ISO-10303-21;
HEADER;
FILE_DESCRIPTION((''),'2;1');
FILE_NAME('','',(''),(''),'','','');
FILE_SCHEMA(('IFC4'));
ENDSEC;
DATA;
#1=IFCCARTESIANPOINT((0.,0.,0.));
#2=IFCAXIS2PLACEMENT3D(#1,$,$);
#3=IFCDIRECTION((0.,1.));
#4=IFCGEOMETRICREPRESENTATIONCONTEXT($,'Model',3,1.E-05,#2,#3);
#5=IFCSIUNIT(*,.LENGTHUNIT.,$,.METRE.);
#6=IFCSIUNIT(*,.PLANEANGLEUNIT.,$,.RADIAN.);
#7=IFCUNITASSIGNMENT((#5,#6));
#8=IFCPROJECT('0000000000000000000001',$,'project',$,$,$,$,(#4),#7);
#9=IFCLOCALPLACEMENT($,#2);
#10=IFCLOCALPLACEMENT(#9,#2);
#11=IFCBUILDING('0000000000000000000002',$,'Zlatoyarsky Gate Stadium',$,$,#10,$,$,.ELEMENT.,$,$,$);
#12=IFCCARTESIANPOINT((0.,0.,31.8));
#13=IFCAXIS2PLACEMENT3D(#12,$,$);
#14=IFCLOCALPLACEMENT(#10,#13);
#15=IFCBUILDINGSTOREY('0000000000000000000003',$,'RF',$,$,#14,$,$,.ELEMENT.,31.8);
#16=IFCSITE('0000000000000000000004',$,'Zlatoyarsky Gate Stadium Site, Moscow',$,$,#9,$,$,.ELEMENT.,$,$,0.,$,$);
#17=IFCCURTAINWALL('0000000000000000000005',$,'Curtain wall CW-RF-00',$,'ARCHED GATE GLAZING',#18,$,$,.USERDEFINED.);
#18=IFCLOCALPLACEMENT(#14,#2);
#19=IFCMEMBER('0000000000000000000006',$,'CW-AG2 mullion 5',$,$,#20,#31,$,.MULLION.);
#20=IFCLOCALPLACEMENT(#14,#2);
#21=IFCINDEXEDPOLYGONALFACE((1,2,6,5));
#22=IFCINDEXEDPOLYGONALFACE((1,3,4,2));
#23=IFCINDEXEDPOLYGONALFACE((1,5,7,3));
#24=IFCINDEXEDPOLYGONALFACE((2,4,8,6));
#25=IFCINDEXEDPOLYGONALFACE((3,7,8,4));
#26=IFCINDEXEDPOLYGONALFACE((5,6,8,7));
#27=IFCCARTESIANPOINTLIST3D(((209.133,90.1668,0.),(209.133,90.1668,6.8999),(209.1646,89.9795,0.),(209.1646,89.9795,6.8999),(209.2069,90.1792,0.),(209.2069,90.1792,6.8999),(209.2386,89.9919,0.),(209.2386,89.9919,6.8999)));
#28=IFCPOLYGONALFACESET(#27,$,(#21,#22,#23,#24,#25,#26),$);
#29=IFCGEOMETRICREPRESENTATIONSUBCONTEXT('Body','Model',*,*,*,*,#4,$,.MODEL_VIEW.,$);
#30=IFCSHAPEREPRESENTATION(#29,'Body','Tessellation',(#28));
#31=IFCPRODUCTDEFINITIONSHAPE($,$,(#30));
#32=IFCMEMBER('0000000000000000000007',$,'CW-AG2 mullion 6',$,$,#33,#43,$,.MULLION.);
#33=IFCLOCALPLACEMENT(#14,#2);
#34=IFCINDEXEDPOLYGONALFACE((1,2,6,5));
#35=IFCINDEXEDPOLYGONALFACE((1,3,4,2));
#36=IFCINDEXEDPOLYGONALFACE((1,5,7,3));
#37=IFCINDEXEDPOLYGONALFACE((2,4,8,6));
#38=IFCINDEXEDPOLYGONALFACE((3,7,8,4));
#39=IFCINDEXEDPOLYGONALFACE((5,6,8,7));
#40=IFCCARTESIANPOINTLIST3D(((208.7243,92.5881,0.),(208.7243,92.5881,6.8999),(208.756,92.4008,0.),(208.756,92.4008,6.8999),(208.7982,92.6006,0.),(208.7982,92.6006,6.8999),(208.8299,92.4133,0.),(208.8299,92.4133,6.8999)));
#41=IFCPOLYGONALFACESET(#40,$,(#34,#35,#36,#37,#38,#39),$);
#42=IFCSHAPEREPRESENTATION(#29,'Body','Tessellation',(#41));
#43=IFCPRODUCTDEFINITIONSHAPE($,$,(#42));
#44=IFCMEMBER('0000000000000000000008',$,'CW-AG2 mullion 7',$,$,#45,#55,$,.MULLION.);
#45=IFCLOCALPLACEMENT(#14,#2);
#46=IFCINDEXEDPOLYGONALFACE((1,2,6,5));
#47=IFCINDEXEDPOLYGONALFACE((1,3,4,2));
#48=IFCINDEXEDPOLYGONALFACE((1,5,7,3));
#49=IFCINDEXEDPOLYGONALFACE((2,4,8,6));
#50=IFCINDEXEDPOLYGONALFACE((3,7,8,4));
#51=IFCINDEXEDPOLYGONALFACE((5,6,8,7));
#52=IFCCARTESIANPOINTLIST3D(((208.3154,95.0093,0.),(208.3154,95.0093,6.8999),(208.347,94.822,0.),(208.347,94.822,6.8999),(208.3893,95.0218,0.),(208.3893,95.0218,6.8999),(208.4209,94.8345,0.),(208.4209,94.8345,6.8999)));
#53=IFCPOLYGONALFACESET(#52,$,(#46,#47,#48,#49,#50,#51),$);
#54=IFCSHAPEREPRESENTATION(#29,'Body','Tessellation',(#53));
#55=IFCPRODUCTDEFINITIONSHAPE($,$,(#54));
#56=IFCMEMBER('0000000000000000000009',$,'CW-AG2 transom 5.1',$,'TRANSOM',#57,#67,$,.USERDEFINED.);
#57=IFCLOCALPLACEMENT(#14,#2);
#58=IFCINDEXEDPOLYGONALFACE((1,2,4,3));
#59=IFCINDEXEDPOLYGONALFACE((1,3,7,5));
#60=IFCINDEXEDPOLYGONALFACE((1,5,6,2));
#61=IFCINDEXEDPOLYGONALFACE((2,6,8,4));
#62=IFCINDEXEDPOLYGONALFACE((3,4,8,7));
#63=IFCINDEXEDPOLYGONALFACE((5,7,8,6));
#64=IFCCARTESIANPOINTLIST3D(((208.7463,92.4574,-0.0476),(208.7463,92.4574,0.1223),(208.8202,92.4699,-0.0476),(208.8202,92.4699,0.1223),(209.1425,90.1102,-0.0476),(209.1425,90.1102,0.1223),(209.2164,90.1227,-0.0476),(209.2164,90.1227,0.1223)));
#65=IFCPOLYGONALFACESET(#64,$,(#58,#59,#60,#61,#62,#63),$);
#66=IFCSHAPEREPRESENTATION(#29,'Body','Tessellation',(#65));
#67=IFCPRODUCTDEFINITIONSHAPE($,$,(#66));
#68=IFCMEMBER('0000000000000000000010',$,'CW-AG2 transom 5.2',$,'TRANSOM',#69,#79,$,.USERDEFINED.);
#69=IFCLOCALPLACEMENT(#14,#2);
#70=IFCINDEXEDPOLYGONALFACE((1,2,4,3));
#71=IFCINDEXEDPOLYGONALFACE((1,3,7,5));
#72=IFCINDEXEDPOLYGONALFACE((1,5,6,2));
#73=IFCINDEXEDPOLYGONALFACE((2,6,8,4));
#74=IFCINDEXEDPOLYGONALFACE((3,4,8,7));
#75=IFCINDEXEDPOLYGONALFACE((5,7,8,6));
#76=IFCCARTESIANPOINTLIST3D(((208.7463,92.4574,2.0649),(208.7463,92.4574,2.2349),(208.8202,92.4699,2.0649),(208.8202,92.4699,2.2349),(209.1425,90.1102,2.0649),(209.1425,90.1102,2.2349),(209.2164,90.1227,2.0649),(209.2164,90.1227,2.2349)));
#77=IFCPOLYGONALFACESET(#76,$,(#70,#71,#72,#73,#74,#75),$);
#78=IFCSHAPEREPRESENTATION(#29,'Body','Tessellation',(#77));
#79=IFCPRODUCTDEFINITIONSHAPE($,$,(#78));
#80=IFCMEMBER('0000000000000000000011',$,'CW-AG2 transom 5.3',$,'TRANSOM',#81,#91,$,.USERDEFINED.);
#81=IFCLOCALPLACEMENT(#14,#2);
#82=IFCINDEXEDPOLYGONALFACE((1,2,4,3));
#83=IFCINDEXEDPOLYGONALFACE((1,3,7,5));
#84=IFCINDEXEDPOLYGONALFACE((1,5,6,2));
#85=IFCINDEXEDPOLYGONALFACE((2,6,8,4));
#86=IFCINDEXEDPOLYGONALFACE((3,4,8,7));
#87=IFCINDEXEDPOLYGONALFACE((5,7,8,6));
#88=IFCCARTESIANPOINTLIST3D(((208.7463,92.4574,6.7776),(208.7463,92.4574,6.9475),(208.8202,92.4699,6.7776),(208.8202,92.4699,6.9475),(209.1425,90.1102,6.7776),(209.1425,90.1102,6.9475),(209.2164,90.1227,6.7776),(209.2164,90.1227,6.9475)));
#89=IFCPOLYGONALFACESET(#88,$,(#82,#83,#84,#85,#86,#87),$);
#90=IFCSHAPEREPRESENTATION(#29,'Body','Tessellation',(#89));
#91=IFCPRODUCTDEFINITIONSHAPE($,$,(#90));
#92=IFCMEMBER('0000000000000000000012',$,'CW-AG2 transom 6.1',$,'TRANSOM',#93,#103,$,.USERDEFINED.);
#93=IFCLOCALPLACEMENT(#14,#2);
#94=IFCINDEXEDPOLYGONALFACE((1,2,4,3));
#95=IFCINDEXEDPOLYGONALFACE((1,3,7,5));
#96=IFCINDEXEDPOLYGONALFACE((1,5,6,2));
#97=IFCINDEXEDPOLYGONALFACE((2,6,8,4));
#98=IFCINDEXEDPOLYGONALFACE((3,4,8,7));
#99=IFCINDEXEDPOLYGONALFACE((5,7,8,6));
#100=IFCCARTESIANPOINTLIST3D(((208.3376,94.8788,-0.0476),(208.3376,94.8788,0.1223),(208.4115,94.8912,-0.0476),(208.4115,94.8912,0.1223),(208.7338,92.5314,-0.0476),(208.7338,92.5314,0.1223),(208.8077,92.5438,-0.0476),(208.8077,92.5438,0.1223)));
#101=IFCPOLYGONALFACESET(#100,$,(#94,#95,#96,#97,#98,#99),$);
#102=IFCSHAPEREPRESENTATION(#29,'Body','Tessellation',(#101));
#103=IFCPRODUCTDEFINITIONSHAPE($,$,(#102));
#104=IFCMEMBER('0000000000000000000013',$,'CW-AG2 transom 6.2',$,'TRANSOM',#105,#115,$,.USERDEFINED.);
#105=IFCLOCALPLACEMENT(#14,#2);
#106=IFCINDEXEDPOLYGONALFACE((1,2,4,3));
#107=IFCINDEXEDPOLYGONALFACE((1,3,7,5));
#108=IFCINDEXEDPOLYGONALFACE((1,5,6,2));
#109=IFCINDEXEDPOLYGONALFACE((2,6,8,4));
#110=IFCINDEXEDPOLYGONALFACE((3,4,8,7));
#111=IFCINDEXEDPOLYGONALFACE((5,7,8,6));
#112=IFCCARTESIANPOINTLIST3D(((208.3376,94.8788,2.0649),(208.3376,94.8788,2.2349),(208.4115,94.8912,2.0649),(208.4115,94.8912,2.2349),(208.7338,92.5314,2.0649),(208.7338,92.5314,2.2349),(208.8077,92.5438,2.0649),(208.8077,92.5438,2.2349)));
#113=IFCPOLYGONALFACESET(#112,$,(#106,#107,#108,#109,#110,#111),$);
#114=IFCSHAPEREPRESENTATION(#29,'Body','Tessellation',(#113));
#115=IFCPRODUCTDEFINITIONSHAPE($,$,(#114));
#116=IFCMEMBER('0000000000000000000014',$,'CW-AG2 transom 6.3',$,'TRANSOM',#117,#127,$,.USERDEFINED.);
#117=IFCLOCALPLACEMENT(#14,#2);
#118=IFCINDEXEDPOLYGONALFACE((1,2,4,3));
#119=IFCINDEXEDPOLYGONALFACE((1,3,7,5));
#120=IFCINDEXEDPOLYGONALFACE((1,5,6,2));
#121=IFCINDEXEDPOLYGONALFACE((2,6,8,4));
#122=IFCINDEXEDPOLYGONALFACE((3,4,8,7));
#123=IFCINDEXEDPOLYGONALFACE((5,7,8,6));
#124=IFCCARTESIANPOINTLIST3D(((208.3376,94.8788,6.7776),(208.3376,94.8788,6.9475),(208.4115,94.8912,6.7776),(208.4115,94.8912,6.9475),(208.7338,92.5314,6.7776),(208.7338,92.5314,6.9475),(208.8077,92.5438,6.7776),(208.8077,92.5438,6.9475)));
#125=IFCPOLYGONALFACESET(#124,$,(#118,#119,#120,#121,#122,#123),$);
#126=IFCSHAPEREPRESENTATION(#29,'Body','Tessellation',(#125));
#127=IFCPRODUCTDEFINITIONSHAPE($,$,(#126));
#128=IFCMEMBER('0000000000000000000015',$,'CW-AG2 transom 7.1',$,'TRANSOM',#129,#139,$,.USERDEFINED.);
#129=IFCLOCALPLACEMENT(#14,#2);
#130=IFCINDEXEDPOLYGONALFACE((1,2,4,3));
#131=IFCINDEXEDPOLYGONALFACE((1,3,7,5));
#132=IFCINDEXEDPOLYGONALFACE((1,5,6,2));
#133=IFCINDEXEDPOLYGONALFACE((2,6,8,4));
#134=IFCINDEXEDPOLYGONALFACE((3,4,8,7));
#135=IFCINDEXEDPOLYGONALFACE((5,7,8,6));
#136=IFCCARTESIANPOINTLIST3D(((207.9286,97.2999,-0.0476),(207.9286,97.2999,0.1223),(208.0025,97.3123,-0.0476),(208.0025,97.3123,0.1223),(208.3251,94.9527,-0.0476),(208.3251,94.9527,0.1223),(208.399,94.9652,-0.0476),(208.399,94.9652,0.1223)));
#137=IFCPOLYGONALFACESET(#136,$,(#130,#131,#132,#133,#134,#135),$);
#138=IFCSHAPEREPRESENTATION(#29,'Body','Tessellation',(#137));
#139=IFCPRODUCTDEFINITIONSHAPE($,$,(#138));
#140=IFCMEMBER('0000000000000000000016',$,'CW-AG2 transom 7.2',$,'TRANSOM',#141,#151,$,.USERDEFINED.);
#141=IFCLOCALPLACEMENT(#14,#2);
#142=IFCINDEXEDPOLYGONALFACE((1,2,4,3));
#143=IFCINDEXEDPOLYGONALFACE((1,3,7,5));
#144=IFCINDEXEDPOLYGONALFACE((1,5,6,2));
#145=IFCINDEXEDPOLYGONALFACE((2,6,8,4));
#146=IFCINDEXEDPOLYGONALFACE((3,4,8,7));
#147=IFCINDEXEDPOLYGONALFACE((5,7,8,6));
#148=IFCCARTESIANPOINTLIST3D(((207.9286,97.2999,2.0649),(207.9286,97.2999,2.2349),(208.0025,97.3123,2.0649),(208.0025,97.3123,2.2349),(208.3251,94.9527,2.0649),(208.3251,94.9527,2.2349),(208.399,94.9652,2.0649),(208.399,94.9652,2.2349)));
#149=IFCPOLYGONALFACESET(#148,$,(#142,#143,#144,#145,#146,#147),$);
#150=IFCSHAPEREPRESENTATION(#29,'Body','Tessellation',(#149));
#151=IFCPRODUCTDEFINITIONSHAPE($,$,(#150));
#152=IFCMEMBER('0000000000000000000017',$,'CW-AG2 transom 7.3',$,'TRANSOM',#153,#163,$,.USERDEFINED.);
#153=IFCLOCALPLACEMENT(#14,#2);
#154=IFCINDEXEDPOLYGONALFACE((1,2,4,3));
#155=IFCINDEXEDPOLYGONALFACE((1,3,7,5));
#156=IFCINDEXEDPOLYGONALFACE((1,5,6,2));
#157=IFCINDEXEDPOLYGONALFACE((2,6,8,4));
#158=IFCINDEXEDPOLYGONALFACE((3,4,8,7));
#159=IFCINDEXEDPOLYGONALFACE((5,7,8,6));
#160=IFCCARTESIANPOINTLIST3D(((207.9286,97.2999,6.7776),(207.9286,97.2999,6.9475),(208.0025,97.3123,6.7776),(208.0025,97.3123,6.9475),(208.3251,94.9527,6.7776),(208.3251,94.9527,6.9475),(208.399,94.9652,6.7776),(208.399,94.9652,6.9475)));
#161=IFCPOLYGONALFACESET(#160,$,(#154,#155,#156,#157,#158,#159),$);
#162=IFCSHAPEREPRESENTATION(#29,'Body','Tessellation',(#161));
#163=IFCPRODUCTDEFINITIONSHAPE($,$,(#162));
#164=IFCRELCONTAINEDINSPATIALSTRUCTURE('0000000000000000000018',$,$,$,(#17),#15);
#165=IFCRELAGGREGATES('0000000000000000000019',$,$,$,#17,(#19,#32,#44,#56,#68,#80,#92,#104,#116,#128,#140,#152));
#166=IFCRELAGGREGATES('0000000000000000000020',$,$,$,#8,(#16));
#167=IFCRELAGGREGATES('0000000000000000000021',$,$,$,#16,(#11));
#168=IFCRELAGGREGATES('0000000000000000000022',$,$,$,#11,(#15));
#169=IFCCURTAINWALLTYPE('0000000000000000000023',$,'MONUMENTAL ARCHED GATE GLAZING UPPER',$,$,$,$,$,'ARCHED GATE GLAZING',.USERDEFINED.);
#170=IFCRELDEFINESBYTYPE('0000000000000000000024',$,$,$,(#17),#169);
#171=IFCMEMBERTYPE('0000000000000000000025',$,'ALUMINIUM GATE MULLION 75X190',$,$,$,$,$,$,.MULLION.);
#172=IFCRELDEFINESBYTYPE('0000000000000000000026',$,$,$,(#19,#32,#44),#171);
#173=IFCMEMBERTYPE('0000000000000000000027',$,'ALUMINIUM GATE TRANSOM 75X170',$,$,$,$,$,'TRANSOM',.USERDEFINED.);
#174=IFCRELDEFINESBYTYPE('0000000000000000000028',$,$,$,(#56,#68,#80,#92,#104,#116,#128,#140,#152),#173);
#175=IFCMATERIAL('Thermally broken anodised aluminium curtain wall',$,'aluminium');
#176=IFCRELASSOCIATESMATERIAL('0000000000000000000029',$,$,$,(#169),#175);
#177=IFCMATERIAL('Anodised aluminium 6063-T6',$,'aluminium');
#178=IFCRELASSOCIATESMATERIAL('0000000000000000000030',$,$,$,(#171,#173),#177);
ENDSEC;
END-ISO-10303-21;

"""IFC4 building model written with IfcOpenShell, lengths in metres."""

from ifc_helpers import new_model, si_unit, direction, frame, origin, origin_2d, place, context, subcontext, project, spatial, rectangle, extrude, material, material_profile, profile_set, type_object, element, aggregate, save


model = new_model("IFC4")

# Units and contexts
model_context = context("Model", 3, precision=1e-05, world=origin(), true_north=direction((0.0, 1.0)))
body_context = subcontext(model_context, "Body", "Model", "MODEL_VIEW")
ifc_project = project(units=[si_unit("LENGTHUNIT", "METRE"), si_unit("PLANEANGLEUNIT", "RADIAN")], contexts=[model_context])

# Site, building, storey
site_placement = place(None, origin())
site = spatial("IfcSite", under=ifc_project, at=site_placement, Name="Zlatoyarsky Gate Stadium Site, Moscow", CompositionType="ELEMENT", RefElevation=0.0)
building_placement = place(site_placement, origin())
building = spatial("IfcBuilding", under=site, at=building_placement, Name="Zlatoyarsky Gate Stadium", CompositionType="ELEMENT")
storey_placement = place(building_placement, frame((0.0, 0.0, 31.8)))
storey = spatial("IfcBuildingStorey", under=building, at=storey_placement, Name="RF", CompositionType="ELEMENT", Elevation=31.8)

# Curtain wall, members
ifc_material_1 = material(Name="Thermally broken anodised aluminium curtain wall", Category="aluminium")
curtain_wall_type = type_object("IfcCurtainWallType", Name="MONUMENTAL ARCHED GATE GLAZING UPPER", ElementType="ARCHED GATE GLAZING", PredefinedType="USERDEFINED", material=ifc_material_1)
curtain_wall_placement = place(storey_placement, origin())
curtain_wall = element("IfcCurtainWall", 1, at=curtain_wall_placement, inside=storey, type_object=curtain_wall_type, Name="Curtain wall CW-RF-00", ObjectType="ARCHED GATE GLAZING", PredefinedType="USERDEFINED")
ifc_material_2 = material(Name="Anodised aluminium 6063-T6", Category="aluminium")
ifc_material_profile_1 = material_profile(ifc_material_2, rectangle(XDim=0.075, YDim=0.1899, at=origin_2d()), Name="ALU 75X190")
ifc_profile_set_1 = profile_set([ifc_material_profile_1], Name="Anodised aluminium 6063-T6")
member_type_1 = type_object("IfcMemberType", Name="ALUMINIUM GATE MULLION 75X190", PredefinedType="MULLION", material=ifc_profile_set_1)
member_1_placement = place(storey_placement, frame((209.1858, 90.0793, 0.0), z_axis=(0.0, 0.0, 1.0), x_axis=(-0.986044, -0.166482, 0.0)))
member_1 = element("IfcMember", 2, at=member_1_placement, type_object=member_type_1, Name="CW-AG2 mullion 5", PredefinedType="MULLION", context=body_context, shape_type="SweptSolid", body=[
    extrude(rectangle(XDim=0.075, YDim=0.1899, at=origin_2d()), origin(), (0.0, 0.0, 1.0), 6.8999),
])
member_2_placement = place(storey_placement, frame((208.7771, 92.5007, 0.0), z_axis=(0.0, 0.0, 1.0), x_axis=(-0.986044, -0.166482, 0.0)))
member_2 = element("IfcMember", 3, at=member_2_placement, type_object=member_type_1, Name="CW-AG2 mullion 6", PredefinedType="MULLION", context=body_context, shape_type="SweptSolid", body=[
    extrude(rectangle(XDim=0.075, YDim=0.1899, at=origin_2d()), origin(), (0.0, 0.0, 1.0), 6.8999),
])
member_3_placement = place(storey_placement, frame((208.3682, 94.9219, 0.0), z_axis=(0.0, 0.0, 1.0), x_axis=(-0.986044, -0.166482, 0.0)))
member_3 = element("IfcMember", 4, at=member_3_placement, type_object=member_type_1, Name="CW-AG2 mullion 7", PredefinedType="MULLION", context=body_context, shape_type="SweptSolid", body=[
    extrude(rectangle(XDim=0.075, YDim=0.1899, at=origin_2d()), origin(), (0.0, 0.0, 1.0), 6.8999),
])
ifc_material_profile_2 = material_profile(ifc_material_2, rectangle(XDim=0.075, YDim=0.1699, at=origin_2d()), Name="ALU 75X170")
ifc_profile_set_2 = profile_set([ifc_material_profile_2], Name="Anodised aluminium 6063-T6")
member_type_2 = type_object("IfcMemberType", Name="ALUMINIUM GATE TRANSOM 75X170", ElementType="TRANSOM", PredefinedType="USERDEFINED", material=ifc_profile_set_2)
member_4_placement = place(storey_placement, frame((209.1794, 90.1165, 0.0374), z_axis=(-0.166461, 0.986048, 0.0), x_axis=(-0.986048, -0.166461, 0.0)))
member_4 = element("IfcMember", 5, at=member_4_placement, type_object=member_type_2, Name="CW-AG2 transom 5.1", ObjectType="TRANSOM", PredefinedType="USERDEFINED", context=body_context, shape_type="SweptSolid", body=[
    extrude(rectangle(XDim=0.075, YDim=0.1699, at=origin_2d()), origin(), (0.0, 0.0, 1.0), 2.3804),
])
member_5_placement = place(storey_placement, frame((209.1794, 90.1165, 2.1499), z_axis=(-0.166461, 0.986048, 0.0), x_axis=(-0.986048, -0.166461, 0.0)))
member_5 = element("IfcMember", 6, at=member_5_placement, type_object=member_type_2, Name="CW-AG2 transom 5.2", ObjectType="TRANSOM", PredefinedType="USERDEFINED", context=body_context, shape_type="SweptSolid", body=[
    extrude(rectangle(XDim=0.075, YDim=0.1699, at=origin_2d()), origin(), (0.0, 0.0, 1.0), 2.3804),
])
member_6_placement = place(storey_placement, frame((209.1794, 90.1165, 6.8625), z_axis=(-0.166461, 0.986048, 0.0), x_axis=(-0.986048, -0.166461, 0.0)))
member_6 = element("IfcMember", 7, at=member_6_placement, type_object=member_type_2, Name="CW-AG2 transom 5.3", ObjectType="TRANSOM", PredefinedType="USERDEFINED", context=body_context, shape_type="SweptSolid", body=[
    extrude(rectangle(XDim=0.075, YDim=0.1699, at=origin_2d()), origin(), (0.0, 0.0, 1.0), 2.3804),
])
member_7_placement = place(storey_placement, frame((208.7708, 92.5376, 0.0374), z_axis=(-0.166444, 0.986051, 0.0), x_axis=(-0.986051, -0.166444, 0.0)))
member_7 = element("IfcMember", 8, at=member_7_placement, type_object=member_type_2, Name="CW-AG2 transom 6.1", ObjectType="TRANSOM", PredefinedType="USERDEFINED", context=body_context, shape_type="SweptSolid", body=[
    extrude(rectangle(XDim=0.075, YDim=0.1699, at=origin_2d()), origin(), (0.0, 0.0, 1.0), 2.3806),
])
member_8_placement = place(storey_placement, frame((208.7708, 92.5376, 2.1499), z_axis=(-0.166444, 0.986051, 0.0), x_axis=(-0.986051, -0.166444, 0.0)))
member_8 = element("IfcMember", 9, at=member_8_placement, type_object=member_type_2, Name="CW-AG2 transom 6.2", ObjectType="TRANSOM", PredefinedType="USERDEFINED", context=body_context, shape_type="SweptSolid", body=[
    extrude(rectangle(XDim=0.075, YDim=0.1699, at=origin_2d()), origin(), (0.0, 0.0, 1.0), 2.3806),
])
member_9_placement = place(storey_placement, frame((208.7708, 92.5376, 6.8625), z_axis=(-0.166444, 0.986051, 0.0), x_axis=(-0.986051, -0.166444, 0.0)))
member_9 = element("IfcMember", 10, at=member_9_placement, type_object=member_type_2, Name="CW-AG2 transom 6.3", ObjectType="TRANSOM", PredefinedType="USERDEFINED", context=body_context, shape_type="SweptSolid", body=[
    extrude(rectangle(XDim=0.075, YDim=0.1699, at=origin_2d()), origin(), (0.0, 0.0, 1.0), 2.3806),
])
member_10_placement = place(storey_placement, frame((208.3621, 94.959, 0.0374), z_axis=(-0.166561, 0.986031, 0.0), x_axis=(-0.986031, -0.166561, 0.0)))
member_10 = element("IfcMember", 11, at=member_10_placement, type_object=member_type_2, Name="CW-AG2 transom 7.1", ObjectType="TRANSOM", PredefinedType="USERDEFINED", context=body_context, shape_type="SweptSolid", body=[
    extrude(rectangle(XDim=0.075, YDim=0.1699, at=origin_2d()), origin(), (0.0, 0.0, 1.0), 2.3804),
])
member_11_placement = place(storey_placement, frame((208.3621, 94.959, 2.1499), z_axis=(-0.166561, 0.986031, 0.0), x_axis=(-0.986031, -0.166561, 0.0)))
member_11 = element("IfcMember", 12, at=member_11_placement, type_object=member_type_2, Name="CW-AG2 transom 7.2", ObjectType="TRANSOM", PredefinedType="USERDEFINED", context=body_context, shape_type="SweptSolid", body=[
    extrude(rectangle(XDim=0.075, YDim=0.1699, at=origin_2d()), origin(), (0.0, 0.0, 1.0), 2.3804),
])
member_12_placement = place(storey_placement, frame((208.3621, 94.959, 6.8625), z_axis=(-0.166561, 0.986031, 0.0), x_axis=(-0.986031, -0.166561, 0.0)))
member_12 = element("IfcMember", 13, at=member_12_placement, type_object=member_type_2, Name="CW-AG2 transom 7.3", ObjectType="TRANSOM", PredefinedType="USERDEFINED", context=body_context, shape_type="SweptSolid", body=[
    extrude(rectangle(XDim=0.075, YDim=0.1699, at=origin_2d()), origin(), (0.0, 0.0, 1.0), 2.3804),
])

aggregate(curtain_wall, [member_1, member_2, member_3, member_4, member_5, member_6, member_7, member_8, member_9, member_10, member_11, member_12])

save(model, "model.ifc")
